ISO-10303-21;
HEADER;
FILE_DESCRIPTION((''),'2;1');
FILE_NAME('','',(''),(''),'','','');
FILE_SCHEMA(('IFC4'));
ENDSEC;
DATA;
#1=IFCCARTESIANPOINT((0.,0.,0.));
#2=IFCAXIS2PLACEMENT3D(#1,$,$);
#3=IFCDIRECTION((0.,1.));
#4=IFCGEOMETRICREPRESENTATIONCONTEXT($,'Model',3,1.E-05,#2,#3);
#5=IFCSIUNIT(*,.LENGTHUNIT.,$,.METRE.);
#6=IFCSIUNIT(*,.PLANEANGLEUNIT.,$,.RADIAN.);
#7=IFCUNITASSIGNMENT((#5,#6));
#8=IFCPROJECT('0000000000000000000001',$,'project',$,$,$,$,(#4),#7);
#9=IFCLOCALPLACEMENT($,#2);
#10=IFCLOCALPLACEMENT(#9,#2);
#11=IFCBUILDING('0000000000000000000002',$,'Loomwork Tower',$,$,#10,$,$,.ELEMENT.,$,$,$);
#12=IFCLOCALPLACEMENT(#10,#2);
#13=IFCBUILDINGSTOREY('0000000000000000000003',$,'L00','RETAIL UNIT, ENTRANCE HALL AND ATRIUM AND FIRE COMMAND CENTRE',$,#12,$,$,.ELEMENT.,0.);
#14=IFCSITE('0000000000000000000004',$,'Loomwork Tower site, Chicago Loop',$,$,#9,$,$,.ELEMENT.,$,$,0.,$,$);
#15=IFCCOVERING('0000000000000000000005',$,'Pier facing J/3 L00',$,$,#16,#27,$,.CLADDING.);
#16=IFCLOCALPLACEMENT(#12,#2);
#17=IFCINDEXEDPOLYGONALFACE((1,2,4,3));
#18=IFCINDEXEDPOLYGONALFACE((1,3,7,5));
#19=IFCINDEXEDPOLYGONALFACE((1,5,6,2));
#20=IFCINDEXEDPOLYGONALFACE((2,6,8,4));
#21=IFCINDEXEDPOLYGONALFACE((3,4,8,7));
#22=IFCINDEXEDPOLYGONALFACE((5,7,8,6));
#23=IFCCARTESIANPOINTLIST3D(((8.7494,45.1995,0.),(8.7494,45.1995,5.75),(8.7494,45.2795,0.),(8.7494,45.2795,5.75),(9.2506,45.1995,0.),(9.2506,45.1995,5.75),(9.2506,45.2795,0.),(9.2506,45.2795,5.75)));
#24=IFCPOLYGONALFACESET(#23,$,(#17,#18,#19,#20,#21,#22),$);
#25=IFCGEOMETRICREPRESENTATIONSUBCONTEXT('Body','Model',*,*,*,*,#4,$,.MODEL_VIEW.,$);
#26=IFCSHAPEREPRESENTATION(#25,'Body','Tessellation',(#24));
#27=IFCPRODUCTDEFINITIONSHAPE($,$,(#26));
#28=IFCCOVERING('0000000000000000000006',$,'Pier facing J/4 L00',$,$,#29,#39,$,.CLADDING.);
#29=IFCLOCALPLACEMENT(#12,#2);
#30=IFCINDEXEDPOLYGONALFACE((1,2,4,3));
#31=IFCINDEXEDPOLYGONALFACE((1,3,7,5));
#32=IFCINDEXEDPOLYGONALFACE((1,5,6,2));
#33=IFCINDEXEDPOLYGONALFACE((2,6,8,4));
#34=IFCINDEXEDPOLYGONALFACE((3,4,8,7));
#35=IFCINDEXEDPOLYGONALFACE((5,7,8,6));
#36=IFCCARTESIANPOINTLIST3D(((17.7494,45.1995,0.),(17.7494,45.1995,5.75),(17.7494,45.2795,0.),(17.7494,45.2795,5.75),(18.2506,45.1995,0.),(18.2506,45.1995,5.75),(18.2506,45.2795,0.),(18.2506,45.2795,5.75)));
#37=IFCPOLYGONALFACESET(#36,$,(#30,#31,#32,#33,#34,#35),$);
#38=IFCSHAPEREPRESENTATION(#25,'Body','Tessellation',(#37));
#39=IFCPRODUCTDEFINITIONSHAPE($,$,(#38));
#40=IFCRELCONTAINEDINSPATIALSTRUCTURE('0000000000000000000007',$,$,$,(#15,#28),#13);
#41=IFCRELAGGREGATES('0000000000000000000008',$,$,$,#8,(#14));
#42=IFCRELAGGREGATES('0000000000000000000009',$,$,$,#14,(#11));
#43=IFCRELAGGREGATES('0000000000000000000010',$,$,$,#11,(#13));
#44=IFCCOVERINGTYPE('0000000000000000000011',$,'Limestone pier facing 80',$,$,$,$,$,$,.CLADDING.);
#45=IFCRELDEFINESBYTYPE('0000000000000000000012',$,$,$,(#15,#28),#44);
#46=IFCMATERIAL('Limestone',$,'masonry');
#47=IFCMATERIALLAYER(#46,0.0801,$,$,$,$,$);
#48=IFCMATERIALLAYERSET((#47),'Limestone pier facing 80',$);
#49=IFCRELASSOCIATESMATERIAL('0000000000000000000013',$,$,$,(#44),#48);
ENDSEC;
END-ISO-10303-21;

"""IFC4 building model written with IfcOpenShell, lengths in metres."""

from ifc_helpers import new_model, si_unit, direction, frame, origin, origin_2d, place, context, subcontext, project, spatial, rectangle, extrude, material, layer, layer_set, type_object, element, save


model = new_model("IFC4")

# Units and contexts
model_context = context("Model", 3, precision=1e-05, world=origin(), true_north=direction((0.0, 1.0)))
body_context = subcontext(model_context, "Body", "Model", "MODEL_VIEW")
ifc_project = project(units=[si_unit("LENGTHUNIT", "METRE"), si_unit("PLANEANGLEUNIT", "RADIAN")], contexts=[model_context])

# Site, building, storey
site_placement = place(None, origin())
site = spatial("IfcSite", under=ifc_project, at=site_placement, Name="Loomwork Tower site, Chicago Loop", CompositionType="ELEMENT", RefElevation=0.0)
building_placement = place(site_placement, origin())
building = spatial("IfcBuilding", under=site, at=building_placement, Name="Loomwork Tower", CompositionType="ELEMENT")
storey_placement = place(building_placement, origin())
storey = spatial("IfcBuildingStorey", under=building, at=storey_placement, Name="L00", Description="RETAIL UNIT, ENTRANCE HALL AND ATRIUM AND FIRE COMMAND CENTRE", CompositionType="ELEMENT", Elevation=0.0)

# Coverings
ifc_material_1 = material(Name="Limestone", Category="masonry")
ifc_layer_1 = layer(ifc_material_1, 0.0801)
ifc_layer_set_1 = layer_set([ifc_layer_1], Name="Limestone pier facing 80")
covering_type = type_object("IfcCoveringType", Name="Limestone pier facing 80", PredefinedType="CLADDING", material=ifc_layer_set_1)
for number, where, z_axis, x_axis, name in (
    (1, (9.0, 45.2395, 0.0), (0.0, 0.0, 1.0), (1.0, 0.0, 0.0), "Pier facing J/3 L00"),
    (2, (18.0, 45.2395, 0.0), (0.0, 0.0, 1.0), (1.0, 0.0, 0.0), "Pier facing J/4 L00"),
):
    element("IfcCovering", number, at=place(storey_placement, frame(where, z_axis=z_axis, x_axis=x_axis)), inside=storey, type_object=covering_type, Name=name, PredefinedType="CLADDING", context=body_context, shape_type="SweptSolid", body=[
        extrude(rectangle(XDim=0.5012, YDim=0.0801, at=origin_2d()), origin(), (0.0, 0.0, 1.0), 5.75),
    ])

save(model, "model.ifc")
